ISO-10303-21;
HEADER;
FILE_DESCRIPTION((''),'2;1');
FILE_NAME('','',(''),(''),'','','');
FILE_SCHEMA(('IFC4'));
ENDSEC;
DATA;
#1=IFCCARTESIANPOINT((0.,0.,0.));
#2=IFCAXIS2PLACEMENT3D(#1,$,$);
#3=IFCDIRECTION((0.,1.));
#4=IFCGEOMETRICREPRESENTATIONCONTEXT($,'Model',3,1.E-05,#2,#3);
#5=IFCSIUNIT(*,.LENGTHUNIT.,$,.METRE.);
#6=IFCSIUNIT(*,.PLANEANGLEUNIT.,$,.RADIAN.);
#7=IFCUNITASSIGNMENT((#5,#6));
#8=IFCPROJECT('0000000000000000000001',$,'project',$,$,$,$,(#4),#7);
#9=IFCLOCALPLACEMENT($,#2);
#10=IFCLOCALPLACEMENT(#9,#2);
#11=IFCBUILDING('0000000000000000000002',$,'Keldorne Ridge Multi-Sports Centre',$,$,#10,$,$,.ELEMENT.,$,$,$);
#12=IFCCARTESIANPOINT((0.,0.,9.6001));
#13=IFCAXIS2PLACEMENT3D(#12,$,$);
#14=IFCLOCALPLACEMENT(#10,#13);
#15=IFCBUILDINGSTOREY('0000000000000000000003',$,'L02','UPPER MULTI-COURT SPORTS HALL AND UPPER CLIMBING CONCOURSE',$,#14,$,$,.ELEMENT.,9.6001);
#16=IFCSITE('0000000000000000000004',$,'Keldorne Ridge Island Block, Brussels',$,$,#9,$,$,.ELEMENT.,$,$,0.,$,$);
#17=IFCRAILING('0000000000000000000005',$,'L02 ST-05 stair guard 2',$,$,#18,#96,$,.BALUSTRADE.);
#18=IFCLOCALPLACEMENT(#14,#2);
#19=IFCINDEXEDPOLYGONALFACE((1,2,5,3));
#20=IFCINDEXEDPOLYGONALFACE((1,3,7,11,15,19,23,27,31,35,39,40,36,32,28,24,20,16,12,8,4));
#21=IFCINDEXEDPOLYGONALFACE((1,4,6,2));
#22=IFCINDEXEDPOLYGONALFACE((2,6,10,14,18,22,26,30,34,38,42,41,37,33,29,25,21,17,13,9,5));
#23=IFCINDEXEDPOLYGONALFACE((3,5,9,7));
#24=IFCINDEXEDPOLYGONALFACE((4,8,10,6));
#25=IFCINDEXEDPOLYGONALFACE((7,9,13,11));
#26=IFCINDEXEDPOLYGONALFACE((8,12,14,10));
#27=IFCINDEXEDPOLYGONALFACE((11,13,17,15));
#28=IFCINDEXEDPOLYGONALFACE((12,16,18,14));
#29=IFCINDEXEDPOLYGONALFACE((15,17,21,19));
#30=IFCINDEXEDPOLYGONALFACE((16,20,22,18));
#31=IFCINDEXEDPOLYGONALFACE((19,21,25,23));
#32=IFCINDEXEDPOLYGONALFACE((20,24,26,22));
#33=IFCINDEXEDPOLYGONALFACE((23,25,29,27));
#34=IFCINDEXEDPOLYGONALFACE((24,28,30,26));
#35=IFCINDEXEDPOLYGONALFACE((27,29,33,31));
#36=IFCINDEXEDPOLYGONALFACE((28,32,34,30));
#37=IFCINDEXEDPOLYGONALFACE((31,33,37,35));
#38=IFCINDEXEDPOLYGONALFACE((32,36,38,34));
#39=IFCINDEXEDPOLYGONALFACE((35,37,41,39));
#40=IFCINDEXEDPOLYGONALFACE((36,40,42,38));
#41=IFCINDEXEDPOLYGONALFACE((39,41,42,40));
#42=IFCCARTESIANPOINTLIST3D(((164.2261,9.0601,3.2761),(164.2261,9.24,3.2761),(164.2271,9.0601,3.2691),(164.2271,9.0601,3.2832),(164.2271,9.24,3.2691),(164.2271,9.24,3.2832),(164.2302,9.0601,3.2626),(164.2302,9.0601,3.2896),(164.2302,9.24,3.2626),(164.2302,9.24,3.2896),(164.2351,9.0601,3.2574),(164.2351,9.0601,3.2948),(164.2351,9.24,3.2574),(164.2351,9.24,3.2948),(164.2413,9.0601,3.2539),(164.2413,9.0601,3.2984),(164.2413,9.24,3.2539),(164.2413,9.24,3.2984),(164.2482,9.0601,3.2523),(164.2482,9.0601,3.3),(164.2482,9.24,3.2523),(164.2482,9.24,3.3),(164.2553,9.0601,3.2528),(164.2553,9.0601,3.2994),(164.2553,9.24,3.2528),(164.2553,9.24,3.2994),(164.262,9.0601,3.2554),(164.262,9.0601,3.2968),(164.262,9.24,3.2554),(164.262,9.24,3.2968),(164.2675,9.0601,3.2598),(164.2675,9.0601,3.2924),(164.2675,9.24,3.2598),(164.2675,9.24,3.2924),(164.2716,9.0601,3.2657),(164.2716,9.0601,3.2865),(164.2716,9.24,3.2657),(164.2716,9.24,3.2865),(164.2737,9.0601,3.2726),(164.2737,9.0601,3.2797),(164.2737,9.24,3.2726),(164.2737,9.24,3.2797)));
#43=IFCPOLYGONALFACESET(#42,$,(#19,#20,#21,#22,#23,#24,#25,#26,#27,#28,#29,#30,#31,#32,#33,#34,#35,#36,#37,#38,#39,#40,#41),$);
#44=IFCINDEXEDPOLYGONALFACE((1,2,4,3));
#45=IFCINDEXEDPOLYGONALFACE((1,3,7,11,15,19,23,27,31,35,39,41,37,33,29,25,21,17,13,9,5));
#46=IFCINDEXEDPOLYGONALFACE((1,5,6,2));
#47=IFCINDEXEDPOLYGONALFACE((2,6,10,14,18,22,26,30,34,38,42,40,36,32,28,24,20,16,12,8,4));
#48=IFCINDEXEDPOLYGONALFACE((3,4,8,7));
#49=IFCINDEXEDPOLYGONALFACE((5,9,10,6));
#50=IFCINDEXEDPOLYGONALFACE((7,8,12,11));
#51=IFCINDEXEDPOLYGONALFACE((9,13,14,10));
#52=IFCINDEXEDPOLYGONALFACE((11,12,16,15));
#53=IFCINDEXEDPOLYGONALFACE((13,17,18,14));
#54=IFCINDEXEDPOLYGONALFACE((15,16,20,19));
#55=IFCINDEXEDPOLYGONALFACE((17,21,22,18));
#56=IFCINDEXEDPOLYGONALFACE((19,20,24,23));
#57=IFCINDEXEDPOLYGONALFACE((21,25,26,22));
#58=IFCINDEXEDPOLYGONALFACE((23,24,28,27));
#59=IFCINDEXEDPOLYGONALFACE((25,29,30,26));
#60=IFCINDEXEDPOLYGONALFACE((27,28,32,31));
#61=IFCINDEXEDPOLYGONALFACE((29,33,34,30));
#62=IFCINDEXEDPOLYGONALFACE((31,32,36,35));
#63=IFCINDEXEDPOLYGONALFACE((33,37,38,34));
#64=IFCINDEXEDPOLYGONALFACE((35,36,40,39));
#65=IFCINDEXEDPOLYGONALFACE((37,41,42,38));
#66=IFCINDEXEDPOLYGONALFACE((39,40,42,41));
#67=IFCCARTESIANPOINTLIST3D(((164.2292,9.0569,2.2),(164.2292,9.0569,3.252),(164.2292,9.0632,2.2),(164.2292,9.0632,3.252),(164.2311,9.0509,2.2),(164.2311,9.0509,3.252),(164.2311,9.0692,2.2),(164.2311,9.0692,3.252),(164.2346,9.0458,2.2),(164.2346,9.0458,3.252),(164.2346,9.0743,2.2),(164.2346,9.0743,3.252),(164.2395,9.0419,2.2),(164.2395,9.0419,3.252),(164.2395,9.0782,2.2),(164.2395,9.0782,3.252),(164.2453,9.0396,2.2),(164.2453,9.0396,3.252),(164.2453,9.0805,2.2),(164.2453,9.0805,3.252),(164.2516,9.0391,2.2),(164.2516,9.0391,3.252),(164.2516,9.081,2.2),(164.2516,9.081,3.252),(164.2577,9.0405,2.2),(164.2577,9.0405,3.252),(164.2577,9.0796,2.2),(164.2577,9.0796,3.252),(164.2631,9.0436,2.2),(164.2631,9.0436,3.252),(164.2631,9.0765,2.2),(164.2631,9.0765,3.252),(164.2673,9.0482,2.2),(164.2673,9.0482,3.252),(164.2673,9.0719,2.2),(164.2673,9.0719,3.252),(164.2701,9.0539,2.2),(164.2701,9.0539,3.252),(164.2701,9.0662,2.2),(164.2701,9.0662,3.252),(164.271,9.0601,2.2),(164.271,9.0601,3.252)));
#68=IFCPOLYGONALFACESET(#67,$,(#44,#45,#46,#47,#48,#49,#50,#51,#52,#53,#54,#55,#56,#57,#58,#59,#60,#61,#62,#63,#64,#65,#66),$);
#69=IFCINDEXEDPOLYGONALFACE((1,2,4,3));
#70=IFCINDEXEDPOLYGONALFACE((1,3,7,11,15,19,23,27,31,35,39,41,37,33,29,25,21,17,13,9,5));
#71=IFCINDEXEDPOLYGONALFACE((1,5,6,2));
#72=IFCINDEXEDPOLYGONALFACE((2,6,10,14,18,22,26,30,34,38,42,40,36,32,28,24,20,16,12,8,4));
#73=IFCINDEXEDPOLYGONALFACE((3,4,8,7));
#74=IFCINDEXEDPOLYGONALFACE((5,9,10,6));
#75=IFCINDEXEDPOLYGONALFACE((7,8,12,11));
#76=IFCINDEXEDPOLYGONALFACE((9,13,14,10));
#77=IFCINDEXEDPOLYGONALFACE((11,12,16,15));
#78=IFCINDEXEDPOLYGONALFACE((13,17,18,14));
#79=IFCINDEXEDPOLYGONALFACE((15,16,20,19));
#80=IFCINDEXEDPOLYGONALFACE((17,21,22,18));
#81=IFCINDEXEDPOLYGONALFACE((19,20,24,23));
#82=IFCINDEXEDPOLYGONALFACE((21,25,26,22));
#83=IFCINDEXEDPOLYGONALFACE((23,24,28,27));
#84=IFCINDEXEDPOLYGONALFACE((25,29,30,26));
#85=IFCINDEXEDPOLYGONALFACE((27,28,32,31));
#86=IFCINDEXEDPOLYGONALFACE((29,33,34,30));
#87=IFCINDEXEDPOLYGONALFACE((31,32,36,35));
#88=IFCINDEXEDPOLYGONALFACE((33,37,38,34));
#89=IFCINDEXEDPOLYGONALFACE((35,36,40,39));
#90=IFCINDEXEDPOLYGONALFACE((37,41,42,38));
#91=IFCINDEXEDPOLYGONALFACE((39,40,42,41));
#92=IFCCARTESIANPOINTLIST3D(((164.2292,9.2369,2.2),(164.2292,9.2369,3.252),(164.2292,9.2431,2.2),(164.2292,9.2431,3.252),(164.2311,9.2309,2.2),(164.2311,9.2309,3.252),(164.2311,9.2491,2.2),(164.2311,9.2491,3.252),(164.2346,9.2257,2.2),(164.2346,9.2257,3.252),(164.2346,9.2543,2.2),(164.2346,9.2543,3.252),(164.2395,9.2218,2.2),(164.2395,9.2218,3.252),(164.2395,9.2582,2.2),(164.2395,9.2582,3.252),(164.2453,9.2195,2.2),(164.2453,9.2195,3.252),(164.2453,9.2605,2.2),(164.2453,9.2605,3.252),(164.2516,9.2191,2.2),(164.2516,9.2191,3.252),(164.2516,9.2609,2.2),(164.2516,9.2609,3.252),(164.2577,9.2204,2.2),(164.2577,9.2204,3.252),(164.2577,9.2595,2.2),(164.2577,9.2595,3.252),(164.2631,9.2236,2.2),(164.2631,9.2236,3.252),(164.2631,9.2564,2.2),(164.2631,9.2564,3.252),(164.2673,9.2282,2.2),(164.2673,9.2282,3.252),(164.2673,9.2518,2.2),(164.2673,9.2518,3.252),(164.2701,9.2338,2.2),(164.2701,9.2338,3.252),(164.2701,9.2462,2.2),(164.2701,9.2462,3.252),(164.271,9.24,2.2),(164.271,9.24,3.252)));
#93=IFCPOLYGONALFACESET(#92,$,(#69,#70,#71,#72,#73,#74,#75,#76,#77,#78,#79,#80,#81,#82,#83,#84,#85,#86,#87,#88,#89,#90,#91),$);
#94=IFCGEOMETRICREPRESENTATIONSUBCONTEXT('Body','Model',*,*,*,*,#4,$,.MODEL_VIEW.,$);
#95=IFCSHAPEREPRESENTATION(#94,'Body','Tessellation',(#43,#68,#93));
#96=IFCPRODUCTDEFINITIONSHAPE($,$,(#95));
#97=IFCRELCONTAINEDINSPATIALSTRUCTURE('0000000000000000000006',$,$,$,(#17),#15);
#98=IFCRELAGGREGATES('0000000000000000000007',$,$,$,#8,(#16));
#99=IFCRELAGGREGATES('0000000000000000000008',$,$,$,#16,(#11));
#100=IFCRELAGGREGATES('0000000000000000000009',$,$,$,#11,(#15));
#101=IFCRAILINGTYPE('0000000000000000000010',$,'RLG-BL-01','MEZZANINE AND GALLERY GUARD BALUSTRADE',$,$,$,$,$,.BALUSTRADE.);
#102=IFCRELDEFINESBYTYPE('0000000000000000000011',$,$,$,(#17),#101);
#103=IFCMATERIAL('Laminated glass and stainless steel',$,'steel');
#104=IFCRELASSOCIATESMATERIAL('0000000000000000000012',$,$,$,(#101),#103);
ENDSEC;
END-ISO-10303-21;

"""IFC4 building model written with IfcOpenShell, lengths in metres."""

from ifc_helpers import new_model, si_unit, direction, frame, origin, origin_2d, place, context, subcontext, project, spatial, circle, extrude, material, type_object, element, save


model = new_model("IFC4")

# Units and contexts
model_context = context("Model", 3, precision=1e-05, world=origin(), true_north=direction((0.0, 1.0)))
body_context = subcontext(model_context, "Body", "Model", "MODEL_VIEW")
ifc_project = project(units=[si_unit("LENGTHUNIT", "METRE"), si_unit("PLANEANGLEUNIT", "RADIAN")], contexts=[model_context])

# Site, building, storey
site_placement = place(None, origin())
site = spatial("IfcSite", under=ifc_project, at=site_placement, Name="Keldorne Ridge Island Block, Brussels", CompositionType="ELEMENT", RefElevation=0.0)
building_placement = place(site_placement, origin())
building = spatial("IfcBuilding", under=site, at=building_placement, Name="Keldorne Ridge Multi-Sports Centre", CompositionType="ELEMENT")
storey_placement = place(building_placement, frame((0.0, 0.0, 9.6001)))
storey = spatial("IfcBuildingStorey", under=building, at=storey_placement, Name="L02", Description="UPPER MULTI-COURT SPORTS HALL AND UPPER CLIMBING CONCOURSE", CompositionType="ELEMENT", Elevation=9.6001)

# Railing
ifc_material_1 = material(Name="Laminated glass and stainless steel", Category="steel")
railing_type_1 = type_object("IfcRailingType", Name="RLG-BL-01", Description="MEZZANINE AND GALLERY GUARD BALUSTRADE", PredefinedType="BALUSTRADE", material=ifc_material_1)
railing_1_placement = place(storey_placement, frame((164.25, 9.0601, 2.2)))
element("IfcRailing", 1, at=railing_1_placement, inside=storey, type_object=railing_type_1, Name="L02 ST-05 stair guard 2", PredefinedType="BALUSTRADE", context=body_context, shape_type="SweptSolid", body=[
    extrude(circle(Radius=0.0239, at=origin_2d()), frame((0.0, 0.0, 1.0762), z_axis=(0.0, 1.0, 0.0), x_axis=(-1.0, 0.0, 0.0)), (0.0, 0.0, 1.0), 0.1799),
    extrude(circle(Radius=0.021, at=origin_2d()), origin(), (0.0, 0.0, 1.0), 1.052),
    extrude(circle(Radius=0.021, at=origin_2d()), frame((0.0, 0.1799, 0.0)), (0.0, 0.0, 1.0), 1.052),
])

save(model, "model.ifc")
